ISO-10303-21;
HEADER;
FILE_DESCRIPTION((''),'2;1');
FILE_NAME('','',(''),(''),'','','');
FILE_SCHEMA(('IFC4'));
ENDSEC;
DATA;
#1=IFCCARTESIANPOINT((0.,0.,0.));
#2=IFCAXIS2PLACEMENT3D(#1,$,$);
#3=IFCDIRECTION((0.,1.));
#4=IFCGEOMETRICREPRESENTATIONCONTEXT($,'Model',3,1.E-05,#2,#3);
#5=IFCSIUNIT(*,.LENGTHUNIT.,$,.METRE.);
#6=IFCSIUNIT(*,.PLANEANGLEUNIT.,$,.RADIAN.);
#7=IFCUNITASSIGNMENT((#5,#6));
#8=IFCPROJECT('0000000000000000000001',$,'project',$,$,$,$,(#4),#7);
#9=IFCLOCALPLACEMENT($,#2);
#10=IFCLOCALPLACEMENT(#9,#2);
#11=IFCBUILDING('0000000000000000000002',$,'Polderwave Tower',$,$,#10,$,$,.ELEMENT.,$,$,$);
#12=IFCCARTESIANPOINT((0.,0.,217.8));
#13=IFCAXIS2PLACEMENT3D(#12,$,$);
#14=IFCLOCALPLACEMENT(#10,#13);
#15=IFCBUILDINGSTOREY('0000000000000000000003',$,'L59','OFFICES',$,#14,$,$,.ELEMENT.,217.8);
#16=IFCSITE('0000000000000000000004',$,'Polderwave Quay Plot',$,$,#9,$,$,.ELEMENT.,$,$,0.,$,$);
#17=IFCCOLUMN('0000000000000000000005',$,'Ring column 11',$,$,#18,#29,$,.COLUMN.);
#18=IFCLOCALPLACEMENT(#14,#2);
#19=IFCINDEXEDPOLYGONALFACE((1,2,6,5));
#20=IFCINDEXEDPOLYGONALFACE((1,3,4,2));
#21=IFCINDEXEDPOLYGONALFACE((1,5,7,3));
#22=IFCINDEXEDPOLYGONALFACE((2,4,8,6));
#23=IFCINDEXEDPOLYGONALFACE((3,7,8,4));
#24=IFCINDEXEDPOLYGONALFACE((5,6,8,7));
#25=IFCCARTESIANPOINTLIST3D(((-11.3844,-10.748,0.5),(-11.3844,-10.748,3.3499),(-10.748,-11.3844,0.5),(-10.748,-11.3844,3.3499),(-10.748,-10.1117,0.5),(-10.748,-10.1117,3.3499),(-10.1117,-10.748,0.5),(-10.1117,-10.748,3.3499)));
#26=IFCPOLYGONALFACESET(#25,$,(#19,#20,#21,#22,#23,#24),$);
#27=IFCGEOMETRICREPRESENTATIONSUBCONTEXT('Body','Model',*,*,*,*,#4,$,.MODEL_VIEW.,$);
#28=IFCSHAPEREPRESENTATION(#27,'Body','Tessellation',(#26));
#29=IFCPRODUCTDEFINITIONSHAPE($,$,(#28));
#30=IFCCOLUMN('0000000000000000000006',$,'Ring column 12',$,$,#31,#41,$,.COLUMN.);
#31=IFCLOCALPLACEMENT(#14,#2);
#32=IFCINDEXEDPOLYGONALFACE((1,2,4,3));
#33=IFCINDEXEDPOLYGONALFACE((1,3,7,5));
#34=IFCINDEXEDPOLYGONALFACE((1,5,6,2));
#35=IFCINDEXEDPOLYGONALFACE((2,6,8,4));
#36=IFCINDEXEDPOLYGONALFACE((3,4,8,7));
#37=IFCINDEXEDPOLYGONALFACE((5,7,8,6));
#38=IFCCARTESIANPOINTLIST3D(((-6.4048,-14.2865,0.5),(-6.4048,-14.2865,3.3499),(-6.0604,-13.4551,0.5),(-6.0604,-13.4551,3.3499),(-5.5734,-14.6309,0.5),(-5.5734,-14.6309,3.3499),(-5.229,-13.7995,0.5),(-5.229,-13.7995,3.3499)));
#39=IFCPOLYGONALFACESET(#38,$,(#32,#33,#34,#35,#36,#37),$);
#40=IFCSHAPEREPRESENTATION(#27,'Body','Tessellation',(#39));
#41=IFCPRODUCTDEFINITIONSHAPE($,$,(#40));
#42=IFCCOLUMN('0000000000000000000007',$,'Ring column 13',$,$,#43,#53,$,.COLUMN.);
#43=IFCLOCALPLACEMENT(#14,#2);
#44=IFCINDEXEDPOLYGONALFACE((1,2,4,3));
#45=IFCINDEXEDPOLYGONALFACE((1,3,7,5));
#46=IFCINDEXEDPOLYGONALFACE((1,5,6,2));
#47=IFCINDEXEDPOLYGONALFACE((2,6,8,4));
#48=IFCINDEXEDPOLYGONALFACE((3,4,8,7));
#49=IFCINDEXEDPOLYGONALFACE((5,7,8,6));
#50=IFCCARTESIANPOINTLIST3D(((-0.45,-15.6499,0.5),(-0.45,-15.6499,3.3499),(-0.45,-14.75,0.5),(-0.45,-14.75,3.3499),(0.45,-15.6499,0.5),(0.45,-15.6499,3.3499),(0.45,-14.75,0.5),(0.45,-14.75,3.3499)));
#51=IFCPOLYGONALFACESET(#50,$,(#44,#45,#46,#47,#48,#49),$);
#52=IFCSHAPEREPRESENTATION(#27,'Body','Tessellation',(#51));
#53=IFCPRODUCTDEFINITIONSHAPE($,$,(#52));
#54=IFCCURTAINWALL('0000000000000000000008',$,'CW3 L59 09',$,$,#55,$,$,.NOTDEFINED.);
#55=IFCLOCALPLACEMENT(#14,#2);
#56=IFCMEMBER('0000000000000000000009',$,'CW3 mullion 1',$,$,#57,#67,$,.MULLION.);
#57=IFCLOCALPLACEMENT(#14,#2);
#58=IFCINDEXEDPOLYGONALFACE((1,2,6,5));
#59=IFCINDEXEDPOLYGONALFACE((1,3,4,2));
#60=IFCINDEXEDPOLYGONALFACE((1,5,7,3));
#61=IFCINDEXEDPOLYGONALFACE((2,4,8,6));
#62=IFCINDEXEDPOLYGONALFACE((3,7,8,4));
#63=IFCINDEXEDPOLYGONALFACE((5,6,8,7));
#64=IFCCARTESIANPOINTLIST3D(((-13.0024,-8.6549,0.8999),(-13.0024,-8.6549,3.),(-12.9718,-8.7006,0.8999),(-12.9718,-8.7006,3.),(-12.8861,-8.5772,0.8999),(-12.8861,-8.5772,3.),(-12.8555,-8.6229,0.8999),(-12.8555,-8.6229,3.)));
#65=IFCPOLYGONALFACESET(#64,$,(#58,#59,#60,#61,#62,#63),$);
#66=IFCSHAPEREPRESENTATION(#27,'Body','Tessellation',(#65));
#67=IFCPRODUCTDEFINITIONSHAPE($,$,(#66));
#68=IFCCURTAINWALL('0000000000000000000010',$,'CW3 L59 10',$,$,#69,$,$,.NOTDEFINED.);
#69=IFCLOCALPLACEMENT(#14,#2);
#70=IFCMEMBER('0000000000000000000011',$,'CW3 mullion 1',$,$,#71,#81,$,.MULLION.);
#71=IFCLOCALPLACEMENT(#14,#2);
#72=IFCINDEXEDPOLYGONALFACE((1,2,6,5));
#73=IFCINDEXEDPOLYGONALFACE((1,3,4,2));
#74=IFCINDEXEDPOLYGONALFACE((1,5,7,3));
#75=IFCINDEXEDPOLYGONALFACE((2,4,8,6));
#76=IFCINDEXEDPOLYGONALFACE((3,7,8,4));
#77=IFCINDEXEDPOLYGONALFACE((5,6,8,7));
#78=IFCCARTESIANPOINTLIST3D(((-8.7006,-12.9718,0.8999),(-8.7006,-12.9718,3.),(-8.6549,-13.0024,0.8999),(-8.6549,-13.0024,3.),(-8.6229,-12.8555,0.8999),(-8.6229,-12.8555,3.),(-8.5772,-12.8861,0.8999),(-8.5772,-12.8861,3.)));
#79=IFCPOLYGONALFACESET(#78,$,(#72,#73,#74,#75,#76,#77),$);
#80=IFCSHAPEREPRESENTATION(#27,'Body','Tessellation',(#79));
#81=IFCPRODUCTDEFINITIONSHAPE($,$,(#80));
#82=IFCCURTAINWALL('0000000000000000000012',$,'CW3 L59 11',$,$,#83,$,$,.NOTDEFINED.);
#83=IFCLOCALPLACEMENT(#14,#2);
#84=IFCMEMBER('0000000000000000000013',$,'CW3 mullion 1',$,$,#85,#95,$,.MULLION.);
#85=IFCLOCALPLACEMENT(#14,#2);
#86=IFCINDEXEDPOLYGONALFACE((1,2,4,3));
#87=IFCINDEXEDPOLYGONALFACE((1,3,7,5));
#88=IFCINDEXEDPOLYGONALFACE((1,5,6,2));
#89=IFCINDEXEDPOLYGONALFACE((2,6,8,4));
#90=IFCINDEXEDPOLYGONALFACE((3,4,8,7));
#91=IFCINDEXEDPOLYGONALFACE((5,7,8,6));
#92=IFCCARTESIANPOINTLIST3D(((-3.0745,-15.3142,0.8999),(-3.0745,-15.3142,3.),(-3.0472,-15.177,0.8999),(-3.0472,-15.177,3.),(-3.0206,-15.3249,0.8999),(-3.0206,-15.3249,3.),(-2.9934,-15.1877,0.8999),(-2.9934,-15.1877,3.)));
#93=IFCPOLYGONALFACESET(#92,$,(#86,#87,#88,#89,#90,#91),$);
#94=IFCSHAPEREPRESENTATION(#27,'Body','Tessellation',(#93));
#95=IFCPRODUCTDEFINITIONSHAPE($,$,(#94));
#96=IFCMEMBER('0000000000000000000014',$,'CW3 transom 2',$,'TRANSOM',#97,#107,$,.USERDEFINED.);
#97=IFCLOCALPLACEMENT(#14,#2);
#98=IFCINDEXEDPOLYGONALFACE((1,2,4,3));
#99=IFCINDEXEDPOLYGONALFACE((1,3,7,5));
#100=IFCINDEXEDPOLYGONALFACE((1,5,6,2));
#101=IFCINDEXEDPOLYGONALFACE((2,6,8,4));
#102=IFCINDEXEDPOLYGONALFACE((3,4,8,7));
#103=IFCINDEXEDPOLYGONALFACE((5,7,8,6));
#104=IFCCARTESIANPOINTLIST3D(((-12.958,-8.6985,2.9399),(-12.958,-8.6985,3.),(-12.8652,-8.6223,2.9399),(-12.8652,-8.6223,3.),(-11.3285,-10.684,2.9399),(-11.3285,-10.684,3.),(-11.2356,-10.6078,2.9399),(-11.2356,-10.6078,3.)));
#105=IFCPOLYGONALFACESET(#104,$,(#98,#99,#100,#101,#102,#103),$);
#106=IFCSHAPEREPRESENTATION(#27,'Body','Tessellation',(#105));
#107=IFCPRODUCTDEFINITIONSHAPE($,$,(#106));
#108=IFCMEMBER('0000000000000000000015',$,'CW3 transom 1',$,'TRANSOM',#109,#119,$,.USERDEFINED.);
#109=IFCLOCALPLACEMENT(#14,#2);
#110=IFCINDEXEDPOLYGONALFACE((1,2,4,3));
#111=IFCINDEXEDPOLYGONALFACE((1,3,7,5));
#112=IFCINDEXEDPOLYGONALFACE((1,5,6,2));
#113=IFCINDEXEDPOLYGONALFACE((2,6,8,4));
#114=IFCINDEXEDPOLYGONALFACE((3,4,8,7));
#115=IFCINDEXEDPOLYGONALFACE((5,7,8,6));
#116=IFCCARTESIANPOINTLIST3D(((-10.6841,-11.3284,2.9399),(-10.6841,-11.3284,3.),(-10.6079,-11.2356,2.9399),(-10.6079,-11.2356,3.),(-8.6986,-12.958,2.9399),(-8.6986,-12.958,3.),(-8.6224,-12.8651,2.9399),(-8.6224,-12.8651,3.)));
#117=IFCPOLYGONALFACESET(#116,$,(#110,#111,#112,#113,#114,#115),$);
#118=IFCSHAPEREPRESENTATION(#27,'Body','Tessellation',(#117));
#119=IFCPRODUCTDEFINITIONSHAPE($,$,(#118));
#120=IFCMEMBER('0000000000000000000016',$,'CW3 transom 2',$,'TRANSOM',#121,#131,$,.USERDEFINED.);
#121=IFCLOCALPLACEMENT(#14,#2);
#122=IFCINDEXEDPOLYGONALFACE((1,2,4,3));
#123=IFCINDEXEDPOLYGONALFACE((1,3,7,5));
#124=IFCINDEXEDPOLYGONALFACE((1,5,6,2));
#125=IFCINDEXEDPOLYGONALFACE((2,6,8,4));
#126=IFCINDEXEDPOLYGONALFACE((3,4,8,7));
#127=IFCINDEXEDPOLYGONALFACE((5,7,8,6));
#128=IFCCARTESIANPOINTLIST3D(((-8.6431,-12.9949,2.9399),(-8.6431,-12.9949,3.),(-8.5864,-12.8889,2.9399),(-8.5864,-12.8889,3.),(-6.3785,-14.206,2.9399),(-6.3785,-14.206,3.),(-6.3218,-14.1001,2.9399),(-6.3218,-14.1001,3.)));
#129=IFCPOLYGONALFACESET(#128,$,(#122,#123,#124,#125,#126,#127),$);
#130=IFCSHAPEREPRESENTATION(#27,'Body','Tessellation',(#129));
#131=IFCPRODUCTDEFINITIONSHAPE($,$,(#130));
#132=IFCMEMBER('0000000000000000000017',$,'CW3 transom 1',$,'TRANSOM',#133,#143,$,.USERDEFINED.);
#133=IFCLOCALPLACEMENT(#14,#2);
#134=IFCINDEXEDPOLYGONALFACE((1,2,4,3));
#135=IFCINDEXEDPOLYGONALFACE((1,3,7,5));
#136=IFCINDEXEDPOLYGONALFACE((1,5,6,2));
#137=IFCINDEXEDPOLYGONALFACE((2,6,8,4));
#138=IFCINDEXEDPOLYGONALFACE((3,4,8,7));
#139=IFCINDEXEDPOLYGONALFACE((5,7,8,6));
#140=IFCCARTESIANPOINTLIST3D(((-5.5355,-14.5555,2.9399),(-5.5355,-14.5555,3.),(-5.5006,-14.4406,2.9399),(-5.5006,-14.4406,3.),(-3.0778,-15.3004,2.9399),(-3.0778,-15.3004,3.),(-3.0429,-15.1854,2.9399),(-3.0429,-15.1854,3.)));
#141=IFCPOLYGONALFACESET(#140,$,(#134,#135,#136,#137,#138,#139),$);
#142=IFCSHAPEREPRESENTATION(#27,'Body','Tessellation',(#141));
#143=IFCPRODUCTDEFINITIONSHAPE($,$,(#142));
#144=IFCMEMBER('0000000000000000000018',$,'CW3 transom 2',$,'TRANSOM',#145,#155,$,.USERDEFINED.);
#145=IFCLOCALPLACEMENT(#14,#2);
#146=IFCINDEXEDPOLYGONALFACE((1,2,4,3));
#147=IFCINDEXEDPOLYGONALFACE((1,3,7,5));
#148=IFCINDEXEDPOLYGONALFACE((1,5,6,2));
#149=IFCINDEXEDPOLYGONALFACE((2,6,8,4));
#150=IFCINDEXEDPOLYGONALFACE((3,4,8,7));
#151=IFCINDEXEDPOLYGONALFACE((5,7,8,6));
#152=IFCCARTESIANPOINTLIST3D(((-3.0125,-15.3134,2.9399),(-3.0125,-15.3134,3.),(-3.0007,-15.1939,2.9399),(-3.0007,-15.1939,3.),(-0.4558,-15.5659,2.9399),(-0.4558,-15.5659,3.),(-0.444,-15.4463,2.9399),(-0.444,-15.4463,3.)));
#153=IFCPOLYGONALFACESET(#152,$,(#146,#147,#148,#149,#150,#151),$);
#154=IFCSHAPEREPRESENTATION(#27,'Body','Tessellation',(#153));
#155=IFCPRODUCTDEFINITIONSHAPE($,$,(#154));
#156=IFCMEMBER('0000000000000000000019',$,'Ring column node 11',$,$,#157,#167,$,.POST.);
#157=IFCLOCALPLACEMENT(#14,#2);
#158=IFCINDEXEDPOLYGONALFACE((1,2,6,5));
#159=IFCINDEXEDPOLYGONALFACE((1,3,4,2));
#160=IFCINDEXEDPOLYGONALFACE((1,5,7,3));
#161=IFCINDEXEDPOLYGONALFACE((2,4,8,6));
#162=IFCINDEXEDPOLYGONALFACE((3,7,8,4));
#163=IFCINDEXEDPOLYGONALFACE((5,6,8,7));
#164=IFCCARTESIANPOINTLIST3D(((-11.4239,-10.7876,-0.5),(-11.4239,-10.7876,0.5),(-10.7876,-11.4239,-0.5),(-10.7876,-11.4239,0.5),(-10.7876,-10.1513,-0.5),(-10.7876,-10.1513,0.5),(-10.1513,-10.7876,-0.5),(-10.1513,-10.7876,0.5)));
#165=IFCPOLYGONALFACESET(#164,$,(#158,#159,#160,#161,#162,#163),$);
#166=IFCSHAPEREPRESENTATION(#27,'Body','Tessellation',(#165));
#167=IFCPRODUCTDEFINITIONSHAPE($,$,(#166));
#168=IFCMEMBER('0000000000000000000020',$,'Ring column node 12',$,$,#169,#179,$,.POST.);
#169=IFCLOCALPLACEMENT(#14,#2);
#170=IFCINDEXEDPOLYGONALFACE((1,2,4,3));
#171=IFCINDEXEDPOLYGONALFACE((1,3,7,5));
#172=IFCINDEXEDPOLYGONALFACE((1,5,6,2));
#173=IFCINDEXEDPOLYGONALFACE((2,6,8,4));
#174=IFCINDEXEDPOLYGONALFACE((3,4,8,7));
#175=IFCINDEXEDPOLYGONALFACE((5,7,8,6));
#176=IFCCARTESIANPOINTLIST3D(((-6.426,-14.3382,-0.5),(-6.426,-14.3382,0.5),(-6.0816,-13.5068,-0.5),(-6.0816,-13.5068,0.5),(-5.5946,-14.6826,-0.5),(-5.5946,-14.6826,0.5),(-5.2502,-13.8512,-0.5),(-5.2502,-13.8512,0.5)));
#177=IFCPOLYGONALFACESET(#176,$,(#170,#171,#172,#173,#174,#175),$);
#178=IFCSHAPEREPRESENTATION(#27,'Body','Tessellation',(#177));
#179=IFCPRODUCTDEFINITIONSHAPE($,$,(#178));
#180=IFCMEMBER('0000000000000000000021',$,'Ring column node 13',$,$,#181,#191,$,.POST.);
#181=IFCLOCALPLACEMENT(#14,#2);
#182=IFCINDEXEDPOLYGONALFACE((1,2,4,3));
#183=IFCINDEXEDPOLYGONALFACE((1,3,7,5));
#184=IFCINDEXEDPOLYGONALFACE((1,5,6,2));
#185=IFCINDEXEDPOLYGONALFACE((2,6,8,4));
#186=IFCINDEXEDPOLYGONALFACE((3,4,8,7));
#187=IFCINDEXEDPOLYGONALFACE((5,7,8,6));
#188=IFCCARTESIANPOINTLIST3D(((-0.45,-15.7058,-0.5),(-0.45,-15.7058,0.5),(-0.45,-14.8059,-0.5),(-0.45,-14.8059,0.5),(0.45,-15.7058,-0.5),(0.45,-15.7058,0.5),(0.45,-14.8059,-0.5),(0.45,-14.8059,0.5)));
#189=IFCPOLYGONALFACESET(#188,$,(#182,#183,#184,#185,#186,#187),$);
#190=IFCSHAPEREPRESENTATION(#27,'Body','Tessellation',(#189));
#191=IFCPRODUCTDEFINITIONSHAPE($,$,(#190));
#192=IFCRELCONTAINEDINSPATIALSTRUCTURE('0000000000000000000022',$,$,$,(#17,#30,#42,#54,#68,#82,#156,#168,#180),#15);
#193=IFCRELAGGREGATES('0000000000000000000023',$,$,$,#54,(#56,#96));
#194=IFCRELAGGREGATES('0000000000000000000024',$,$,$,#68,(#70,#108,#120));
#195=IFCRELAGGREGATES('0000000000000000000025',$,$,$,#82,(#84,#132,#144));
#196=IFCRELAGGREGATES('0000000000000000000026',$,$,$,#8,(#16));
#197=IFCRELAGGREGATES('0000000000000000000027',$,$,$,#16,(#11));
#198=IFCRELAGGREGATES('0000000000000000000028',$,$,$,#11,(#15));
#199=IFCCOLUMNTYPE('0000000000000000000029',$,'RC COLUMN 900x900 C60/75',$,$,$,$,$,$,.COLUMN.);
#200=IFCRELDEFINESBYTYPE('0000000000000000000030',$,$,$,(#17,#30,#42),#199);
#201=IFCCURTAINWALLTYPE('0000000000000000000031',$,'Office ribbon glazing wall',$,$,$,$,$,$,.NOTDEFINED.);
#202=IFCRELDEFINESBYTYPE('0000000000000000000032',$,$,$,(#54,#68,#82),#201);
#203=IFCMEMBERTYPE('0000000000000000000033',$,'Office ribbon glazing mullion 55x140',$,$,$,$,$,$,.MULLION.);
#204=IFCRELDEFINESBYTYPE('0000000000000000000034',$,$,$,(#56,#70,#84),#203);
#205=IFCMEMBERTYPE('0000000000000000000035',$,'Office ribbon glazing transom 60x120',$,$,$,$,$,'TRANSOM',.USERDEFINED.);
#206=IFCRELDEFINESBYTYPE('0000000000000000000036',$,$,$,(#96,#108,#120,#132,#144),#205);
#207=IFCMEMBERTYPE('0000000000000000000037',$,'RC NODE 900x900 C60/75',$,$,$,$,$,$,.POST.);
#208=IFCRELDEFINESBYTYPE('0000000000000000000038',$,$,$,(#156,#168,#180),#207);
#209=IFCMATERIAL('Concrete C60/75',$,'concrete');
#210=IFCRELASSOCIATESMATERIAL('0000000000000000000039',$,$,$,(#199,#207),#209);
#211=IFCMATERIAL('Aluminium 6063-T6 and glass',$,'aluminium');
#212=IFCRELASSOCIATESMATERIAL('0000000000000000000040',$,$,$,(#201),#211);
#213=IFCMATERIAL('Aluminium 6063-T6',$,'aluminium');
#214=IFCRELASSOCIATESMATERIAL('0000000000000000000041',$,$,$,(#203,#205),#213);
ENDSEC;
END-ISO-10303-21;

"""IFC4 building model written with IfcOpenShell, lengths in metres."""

from ifc_helpers import new_model, si_unit, direction, frame, origin, origin_2d, place, context, subcontext, project, spatial, rectangle, extrude, material, material_profile, profile_set, type_object, element, aggregate, save


model = new_model("IFC4")

# Units and contexts
model_context = context("Model", 3, precision=1e-05, world=origin(), true_north=direction((0.0, 1.0)))
body_context = subcontext(model_context, "Body", "Model", "MODEL_VIEW")
ifc_project = project(units=[si_unit("LENGTHUNIT", "METRE"), si_unit("PLANEANGLEUNIT", "RADIAN")], contexts=[model_context])

# Site, building, storey
site_placement = place(None, origin())
site = spatial("IfcSite", under=ifc_project, at=site_placement, Name="Polderwave Quay Plot", CompositionType="ELEMENT", RefElevation=0.0)
building_placement = place(site_placement, origin())
building = spatial("IfcBuilding", under=site, at=building_placement, Name="Polderwave Tower", CompositionType="ELEMENT")
storey_placement = place(building_placement, frame((0.0, 0.0, 217.8)))
storey = spatial("IfcBuildingStorey", under=building, at=storey_placement, Name="L59", Description="OFFICES", CompositionType="ELEMENT", Elevation=217.8)

# Columns
ifc_material_1 = material(Name="Concrete C60/75", Category="concrete")
ifc_material_profile_1 = material_profile(ifc_material_1, rectangle(XDim=0.8999, YDim=0.8999, at=origin_2d()), Name="RC 900x900")
ifc_profile_set_1 = profile_set([ifc_material_profile_1], Name="Concrete C60/75")
column_type = type_object("IfcColumnType", Name="RC COLUMN 900x900 C60/75", PredefinedType="COLUMN", material=ifc_profile_set_1)
for number, where, z_axis, x_axis, name in (
    (1, (-10.748, -10.748, 0.5), (0.0, 0.0, 1.0), (-0.707107, -0.707107, 0.0), "Ring column 11"),
    (2, (-5.8169, -14.043, 0.5), (0.0, 0.0, 1.0), (-0.382683, -0.92388, 0.0), "Ring column 12"),
    (3, (0.0, -15.2, 0.5), (0.0, 0.0, 1.0), (0.0, -1.0, 0.0), "Ring column 13"),
):
    element("IfcColumn", number, at=place(storey_placement, frame(where, z_axis=z_axis, x_axis=x_axis)), inside=storey, type_object=column_type, Name=name, PredefinedType="COLUMN", context=body_context, shape_type="SweptSolid", body=[
        extrude(rectangle(XDim=0.8999, YDim=0.8999, at=origin_2d()), origin(), (0.0, 0.0, 1.0), 2.8499),
    ])

# Curtain walls, members
ifc_material_2 = material(Name="Aluminium 6063-T6 and glass", Category="aluminium")
curtain_wall_type = type_object("IfcCurtainWallType", Name="Office ribbon glazing wall", PredefinedType="NOTDEFINED", material=ifc_material_2)
curtain_wall_1_placement = place(storey_placement, origin())
curtain_wall_1 = element("IfcCurtainWall", 4, at=curtain_wall_1_placement, inside=storey, type_object=curtain_wall_type, Name="CW3 L59 09", PredefinedType="NOTDEFINED")
ifc_material_3 = material(Name="Aluminium 6063-T6", Category="aluminium")
ifc_material_profile_2 = material_profile(ifc_material_3, rectangle(XDim=0.1399, YDim=0.0549, at=origin_2d()), Name="AL 55x140")
ifc_profile_set_2 = profile_set([ifc_material_profile_2], Name="Aluminium 6063-T6")
member_type_1 = type_object("IfcMemberType", Name="Office ribbon glazing mullion 55x140", PredefinedType="MULLION", material=ifc_profile_set_2)
member_1_placement = place(storey_placement, frame((-12.929, -8.6389, 0.8999), z_axis=(0.0, 0.0, 1.0), x_axis=(0.831431, 0.555628, 0.0)))
member_1 = element("IfcMember", 5, at=member_1_placement, type_object=member_type_1, Name="CW3 mullion 1", PredefinedType="MULLION", context=body_context, shape_type="SweptSolid", body=[
    extrude(rectangle(XDim=0.1399, YDim=0.0549, at=origin_2d()), origin(), (0.0, 0.0, 1.0), 2.1001),
])
curtain_wall_2_placement = place(storey_placement, origin())
curtain_wall_2 = element("IfcCurtainWall", 6, at=curtain_wall_2_placement, inside=storey, type_object=curtain_wall_type, Name="CW3 L59 10", PredefinedType="NOTDEFINED")
member_2_placement = place(storey_placement, frame((-8.6389, -12.929, 0.8999), z_axis=(0.0, 0.0, 1.0), x_axis=(0.555628, 0.831431, 0.0)))
member_2 = element("IfcMember", 7, at=member_2_placement, type_object=member_type_1, Name="CW3 mullion 1", PredefinedType="MULLION", context=body_context, shape_type="SweptSolid", body=[
    extrude(rectangle(XDim=0.1399, YDim=0.0549, at=origin_2d()), origin(), (0.0, 0.0, 1.0), 2.1001),
])
curtain_wall_3_placement = place(storey_placement, origin())
curtain_wall_3 = element("IfcCurtainWall", 8, at=curtain_wall_3_placement, inside=storey, type_object=curtain_wall_type, Name="CW3 L59 11", PredefinedType="NOTDEFINED")
member_3_placement = place(storey_placement, frame((-3.0339, -15.251, 0.8999), z_axis=(0.0, 0.0, 1.0), x_axis=(0.195092, 0.980785, 0.0)))
member_3 = element("IfcMember", 9, at=member_3_placement, type_object=member_type_1, Name="CW3 mullion 1", PredefinedType="MULLION", context=body_context, shape_type="SweptSolid", body=[
    extrude(rectangle(XDim=0.1399, YDim=0.0549, at=origin_2d()), origin(), (0.0, 0.0, 1.0), 2.1001),
])

# Members
ifc_material_profile_3 = material_profile(ifc_material_3, rectangle(XDim=0.1201, YDim=0.0601, at=origin_2d()), Name="AL 60x120")
ifc_profile_set_3 = profile_set([ifc_material_profile_3], Name="Aluminium 6063-T6")
member_type_2 = type_object("IfcMemberType", Name="Office ribbon glazing transom 60x120", ElementType="TRANSOM", PredefinedType="USERDEFINED", material=ifc_profile_set_3)
member_4_placement = place(storey_placement, frame((-12.9116, -8.6604, 2.97), z_axis=(0.634417, -0.772991, 0.0), x_axis=(0.772991, 0.634417, 0.0)))
member_4 = element("IfcMember", 10, at=member_4_placement, type_object=member_type_2, Name="CW3 transom 2", ObjectType="TRANSOM", PredefinedType="USERDEFINED", context=body_context, shape_type="SweptSolid", body=[
    extrude(rectangle(XDim=0.1201, YDim=0.0601, at=origin_2d()), origin(), (0.0, 0.0, 1.0), 2.5686),
])
member_5_placement = place(storey_placement, frame((-10.646, -11.282, 2.97), z_axis=(0.772991, -0.634417, 0.0), x_axis=(0.634417, 0.772991, 0.0)))
member_5 = element("IfcMember", 11, at=member_5_placement, type_object=member_type_2, Name="CW3 transom 1", ObjectType="TRANSOM", PredefinedType="USERDEFINED", context=body_context, shape_type="SweptSolid", body=[
    extrude(rectangle(XDim=0.1201, YDim=0.0601, at=origin_2d()), origin(), (0.0, 0.0, 1.0), 2.5686),
])
member_6_placement = place(storey_placement, frame((-8.6147, -12.9419, 2.97), z_axis=(0.881808, -0.471609, 0.0), x_axis=(0.471609, 0.881808, 0.0)))
member_6 = element("IfcMember", 12, at=member_6_placement, type_object=member_type_2, Name="CW3 transom 2", ObjectType="TRANSOM", PredefinedType="USERDEFINED", context=body_context, shape_type="SweptSolid", body=[
    extrude(rectangle(XDim=0.1201, YDim=0.0601, at=origin_2d()), origin(), (0.0, 0.0, 1.0), 2.5681),
])
member_7_placement = place(storey_placement, frame((-5.5181, -14.498, 2.97), z_axis=(0.957014, -0.290042, 0.0), x_axis=(0.290042, 0.957014, 0.0)))
member_7 = element("IfcMember", 13, at=member_7_placement, type_object=member_type_2, Name="CW3 transom 1", ObjectType="TRANSOM", PredefinedType="USERDEFINED", context=body_context, shape_type="SweptSolid", body=[
    extrude(rectangle(XDim=0.1201, YDim=0.0601, at=origin_2d()), origin(), (0.0, 0.0, 1.0), 2.5681),
])
member_8_placement = place(storey_placement, frame((-3.0066, -15.2537, 2.97), z_axis=(0.995161, -0.098262, 0.0), x_axis=(0.098262, 0.995161, 0.0)))
member_8 = element("IfcMember", 14, at=member_8_placement, type_object=member_type_2, Name="CW3 transom 2", ObjectType="TRANSOM", PredefinedType="USERDEFINED", context=body_context, shape_type="SweptSolid", body=[
    extrude(rectangle(XDim=0.1201, YDim=0.0601, at=origin_2d()), origin(), (0.0, 0.0, 1.0), 2.5691),
])

# Members
ifc_material_profile_4 = material_profile(ifc_material_1, rectangle(XDim=0.8999, YDim=0.8999, at=origin_2d()), Name="RC 900x900")
ifc_profile_set_4 = profile_set([ifc_material_profile_4], Name="Concrete C60/75")
member_type_3 = type_object("IfcMemberType", Name="RC NODE 900x900 C60/75", PredefinedType="POST", material=ifc_profile_set_4)
for number, where, z_axis, x_axis, name in (
    (15, (-10.7876, -10.7876, -0.5), (0.0, 0.0, 1.0), (-0.707107, -0.707107, 0.0), "Ring column node 11"),
    (16, (-5.8381, -14.0947, -0.5), (0.0, 0.0, 1.0), (-0.382683, -0.92388, 0.0), "Ring column node 12"),
    (17, (0.0, -15.2559, -0.5), (0.0, 0.0, 1.0), (0.0, -1.0, 0.0), "Ring column node 13"),
):
    element("IfcMember", number, at=place(storey_placement, frame(where, z_axis=z_axis, x_axis=x_axis)), inside=storey, type_object=member_type_3, Name=name, PredefinedType="POST", context=body_context, shape_type="SweptSolid", body=[
        extrude(rectangle(XDim=0.8999, YDim=0.8999, at=origin_2d()), origin(), (0.0, 0.0, 1.0), 1.0),
    ])

aggregate(curtain_wall_1, [member_1, member_4])
aggregate(curtain_wall_2, [member_2, member_5, member_6])
aggregate(curtain_wall_3, [member_3, member_7, member_8])

save(model, "model.ifc")
